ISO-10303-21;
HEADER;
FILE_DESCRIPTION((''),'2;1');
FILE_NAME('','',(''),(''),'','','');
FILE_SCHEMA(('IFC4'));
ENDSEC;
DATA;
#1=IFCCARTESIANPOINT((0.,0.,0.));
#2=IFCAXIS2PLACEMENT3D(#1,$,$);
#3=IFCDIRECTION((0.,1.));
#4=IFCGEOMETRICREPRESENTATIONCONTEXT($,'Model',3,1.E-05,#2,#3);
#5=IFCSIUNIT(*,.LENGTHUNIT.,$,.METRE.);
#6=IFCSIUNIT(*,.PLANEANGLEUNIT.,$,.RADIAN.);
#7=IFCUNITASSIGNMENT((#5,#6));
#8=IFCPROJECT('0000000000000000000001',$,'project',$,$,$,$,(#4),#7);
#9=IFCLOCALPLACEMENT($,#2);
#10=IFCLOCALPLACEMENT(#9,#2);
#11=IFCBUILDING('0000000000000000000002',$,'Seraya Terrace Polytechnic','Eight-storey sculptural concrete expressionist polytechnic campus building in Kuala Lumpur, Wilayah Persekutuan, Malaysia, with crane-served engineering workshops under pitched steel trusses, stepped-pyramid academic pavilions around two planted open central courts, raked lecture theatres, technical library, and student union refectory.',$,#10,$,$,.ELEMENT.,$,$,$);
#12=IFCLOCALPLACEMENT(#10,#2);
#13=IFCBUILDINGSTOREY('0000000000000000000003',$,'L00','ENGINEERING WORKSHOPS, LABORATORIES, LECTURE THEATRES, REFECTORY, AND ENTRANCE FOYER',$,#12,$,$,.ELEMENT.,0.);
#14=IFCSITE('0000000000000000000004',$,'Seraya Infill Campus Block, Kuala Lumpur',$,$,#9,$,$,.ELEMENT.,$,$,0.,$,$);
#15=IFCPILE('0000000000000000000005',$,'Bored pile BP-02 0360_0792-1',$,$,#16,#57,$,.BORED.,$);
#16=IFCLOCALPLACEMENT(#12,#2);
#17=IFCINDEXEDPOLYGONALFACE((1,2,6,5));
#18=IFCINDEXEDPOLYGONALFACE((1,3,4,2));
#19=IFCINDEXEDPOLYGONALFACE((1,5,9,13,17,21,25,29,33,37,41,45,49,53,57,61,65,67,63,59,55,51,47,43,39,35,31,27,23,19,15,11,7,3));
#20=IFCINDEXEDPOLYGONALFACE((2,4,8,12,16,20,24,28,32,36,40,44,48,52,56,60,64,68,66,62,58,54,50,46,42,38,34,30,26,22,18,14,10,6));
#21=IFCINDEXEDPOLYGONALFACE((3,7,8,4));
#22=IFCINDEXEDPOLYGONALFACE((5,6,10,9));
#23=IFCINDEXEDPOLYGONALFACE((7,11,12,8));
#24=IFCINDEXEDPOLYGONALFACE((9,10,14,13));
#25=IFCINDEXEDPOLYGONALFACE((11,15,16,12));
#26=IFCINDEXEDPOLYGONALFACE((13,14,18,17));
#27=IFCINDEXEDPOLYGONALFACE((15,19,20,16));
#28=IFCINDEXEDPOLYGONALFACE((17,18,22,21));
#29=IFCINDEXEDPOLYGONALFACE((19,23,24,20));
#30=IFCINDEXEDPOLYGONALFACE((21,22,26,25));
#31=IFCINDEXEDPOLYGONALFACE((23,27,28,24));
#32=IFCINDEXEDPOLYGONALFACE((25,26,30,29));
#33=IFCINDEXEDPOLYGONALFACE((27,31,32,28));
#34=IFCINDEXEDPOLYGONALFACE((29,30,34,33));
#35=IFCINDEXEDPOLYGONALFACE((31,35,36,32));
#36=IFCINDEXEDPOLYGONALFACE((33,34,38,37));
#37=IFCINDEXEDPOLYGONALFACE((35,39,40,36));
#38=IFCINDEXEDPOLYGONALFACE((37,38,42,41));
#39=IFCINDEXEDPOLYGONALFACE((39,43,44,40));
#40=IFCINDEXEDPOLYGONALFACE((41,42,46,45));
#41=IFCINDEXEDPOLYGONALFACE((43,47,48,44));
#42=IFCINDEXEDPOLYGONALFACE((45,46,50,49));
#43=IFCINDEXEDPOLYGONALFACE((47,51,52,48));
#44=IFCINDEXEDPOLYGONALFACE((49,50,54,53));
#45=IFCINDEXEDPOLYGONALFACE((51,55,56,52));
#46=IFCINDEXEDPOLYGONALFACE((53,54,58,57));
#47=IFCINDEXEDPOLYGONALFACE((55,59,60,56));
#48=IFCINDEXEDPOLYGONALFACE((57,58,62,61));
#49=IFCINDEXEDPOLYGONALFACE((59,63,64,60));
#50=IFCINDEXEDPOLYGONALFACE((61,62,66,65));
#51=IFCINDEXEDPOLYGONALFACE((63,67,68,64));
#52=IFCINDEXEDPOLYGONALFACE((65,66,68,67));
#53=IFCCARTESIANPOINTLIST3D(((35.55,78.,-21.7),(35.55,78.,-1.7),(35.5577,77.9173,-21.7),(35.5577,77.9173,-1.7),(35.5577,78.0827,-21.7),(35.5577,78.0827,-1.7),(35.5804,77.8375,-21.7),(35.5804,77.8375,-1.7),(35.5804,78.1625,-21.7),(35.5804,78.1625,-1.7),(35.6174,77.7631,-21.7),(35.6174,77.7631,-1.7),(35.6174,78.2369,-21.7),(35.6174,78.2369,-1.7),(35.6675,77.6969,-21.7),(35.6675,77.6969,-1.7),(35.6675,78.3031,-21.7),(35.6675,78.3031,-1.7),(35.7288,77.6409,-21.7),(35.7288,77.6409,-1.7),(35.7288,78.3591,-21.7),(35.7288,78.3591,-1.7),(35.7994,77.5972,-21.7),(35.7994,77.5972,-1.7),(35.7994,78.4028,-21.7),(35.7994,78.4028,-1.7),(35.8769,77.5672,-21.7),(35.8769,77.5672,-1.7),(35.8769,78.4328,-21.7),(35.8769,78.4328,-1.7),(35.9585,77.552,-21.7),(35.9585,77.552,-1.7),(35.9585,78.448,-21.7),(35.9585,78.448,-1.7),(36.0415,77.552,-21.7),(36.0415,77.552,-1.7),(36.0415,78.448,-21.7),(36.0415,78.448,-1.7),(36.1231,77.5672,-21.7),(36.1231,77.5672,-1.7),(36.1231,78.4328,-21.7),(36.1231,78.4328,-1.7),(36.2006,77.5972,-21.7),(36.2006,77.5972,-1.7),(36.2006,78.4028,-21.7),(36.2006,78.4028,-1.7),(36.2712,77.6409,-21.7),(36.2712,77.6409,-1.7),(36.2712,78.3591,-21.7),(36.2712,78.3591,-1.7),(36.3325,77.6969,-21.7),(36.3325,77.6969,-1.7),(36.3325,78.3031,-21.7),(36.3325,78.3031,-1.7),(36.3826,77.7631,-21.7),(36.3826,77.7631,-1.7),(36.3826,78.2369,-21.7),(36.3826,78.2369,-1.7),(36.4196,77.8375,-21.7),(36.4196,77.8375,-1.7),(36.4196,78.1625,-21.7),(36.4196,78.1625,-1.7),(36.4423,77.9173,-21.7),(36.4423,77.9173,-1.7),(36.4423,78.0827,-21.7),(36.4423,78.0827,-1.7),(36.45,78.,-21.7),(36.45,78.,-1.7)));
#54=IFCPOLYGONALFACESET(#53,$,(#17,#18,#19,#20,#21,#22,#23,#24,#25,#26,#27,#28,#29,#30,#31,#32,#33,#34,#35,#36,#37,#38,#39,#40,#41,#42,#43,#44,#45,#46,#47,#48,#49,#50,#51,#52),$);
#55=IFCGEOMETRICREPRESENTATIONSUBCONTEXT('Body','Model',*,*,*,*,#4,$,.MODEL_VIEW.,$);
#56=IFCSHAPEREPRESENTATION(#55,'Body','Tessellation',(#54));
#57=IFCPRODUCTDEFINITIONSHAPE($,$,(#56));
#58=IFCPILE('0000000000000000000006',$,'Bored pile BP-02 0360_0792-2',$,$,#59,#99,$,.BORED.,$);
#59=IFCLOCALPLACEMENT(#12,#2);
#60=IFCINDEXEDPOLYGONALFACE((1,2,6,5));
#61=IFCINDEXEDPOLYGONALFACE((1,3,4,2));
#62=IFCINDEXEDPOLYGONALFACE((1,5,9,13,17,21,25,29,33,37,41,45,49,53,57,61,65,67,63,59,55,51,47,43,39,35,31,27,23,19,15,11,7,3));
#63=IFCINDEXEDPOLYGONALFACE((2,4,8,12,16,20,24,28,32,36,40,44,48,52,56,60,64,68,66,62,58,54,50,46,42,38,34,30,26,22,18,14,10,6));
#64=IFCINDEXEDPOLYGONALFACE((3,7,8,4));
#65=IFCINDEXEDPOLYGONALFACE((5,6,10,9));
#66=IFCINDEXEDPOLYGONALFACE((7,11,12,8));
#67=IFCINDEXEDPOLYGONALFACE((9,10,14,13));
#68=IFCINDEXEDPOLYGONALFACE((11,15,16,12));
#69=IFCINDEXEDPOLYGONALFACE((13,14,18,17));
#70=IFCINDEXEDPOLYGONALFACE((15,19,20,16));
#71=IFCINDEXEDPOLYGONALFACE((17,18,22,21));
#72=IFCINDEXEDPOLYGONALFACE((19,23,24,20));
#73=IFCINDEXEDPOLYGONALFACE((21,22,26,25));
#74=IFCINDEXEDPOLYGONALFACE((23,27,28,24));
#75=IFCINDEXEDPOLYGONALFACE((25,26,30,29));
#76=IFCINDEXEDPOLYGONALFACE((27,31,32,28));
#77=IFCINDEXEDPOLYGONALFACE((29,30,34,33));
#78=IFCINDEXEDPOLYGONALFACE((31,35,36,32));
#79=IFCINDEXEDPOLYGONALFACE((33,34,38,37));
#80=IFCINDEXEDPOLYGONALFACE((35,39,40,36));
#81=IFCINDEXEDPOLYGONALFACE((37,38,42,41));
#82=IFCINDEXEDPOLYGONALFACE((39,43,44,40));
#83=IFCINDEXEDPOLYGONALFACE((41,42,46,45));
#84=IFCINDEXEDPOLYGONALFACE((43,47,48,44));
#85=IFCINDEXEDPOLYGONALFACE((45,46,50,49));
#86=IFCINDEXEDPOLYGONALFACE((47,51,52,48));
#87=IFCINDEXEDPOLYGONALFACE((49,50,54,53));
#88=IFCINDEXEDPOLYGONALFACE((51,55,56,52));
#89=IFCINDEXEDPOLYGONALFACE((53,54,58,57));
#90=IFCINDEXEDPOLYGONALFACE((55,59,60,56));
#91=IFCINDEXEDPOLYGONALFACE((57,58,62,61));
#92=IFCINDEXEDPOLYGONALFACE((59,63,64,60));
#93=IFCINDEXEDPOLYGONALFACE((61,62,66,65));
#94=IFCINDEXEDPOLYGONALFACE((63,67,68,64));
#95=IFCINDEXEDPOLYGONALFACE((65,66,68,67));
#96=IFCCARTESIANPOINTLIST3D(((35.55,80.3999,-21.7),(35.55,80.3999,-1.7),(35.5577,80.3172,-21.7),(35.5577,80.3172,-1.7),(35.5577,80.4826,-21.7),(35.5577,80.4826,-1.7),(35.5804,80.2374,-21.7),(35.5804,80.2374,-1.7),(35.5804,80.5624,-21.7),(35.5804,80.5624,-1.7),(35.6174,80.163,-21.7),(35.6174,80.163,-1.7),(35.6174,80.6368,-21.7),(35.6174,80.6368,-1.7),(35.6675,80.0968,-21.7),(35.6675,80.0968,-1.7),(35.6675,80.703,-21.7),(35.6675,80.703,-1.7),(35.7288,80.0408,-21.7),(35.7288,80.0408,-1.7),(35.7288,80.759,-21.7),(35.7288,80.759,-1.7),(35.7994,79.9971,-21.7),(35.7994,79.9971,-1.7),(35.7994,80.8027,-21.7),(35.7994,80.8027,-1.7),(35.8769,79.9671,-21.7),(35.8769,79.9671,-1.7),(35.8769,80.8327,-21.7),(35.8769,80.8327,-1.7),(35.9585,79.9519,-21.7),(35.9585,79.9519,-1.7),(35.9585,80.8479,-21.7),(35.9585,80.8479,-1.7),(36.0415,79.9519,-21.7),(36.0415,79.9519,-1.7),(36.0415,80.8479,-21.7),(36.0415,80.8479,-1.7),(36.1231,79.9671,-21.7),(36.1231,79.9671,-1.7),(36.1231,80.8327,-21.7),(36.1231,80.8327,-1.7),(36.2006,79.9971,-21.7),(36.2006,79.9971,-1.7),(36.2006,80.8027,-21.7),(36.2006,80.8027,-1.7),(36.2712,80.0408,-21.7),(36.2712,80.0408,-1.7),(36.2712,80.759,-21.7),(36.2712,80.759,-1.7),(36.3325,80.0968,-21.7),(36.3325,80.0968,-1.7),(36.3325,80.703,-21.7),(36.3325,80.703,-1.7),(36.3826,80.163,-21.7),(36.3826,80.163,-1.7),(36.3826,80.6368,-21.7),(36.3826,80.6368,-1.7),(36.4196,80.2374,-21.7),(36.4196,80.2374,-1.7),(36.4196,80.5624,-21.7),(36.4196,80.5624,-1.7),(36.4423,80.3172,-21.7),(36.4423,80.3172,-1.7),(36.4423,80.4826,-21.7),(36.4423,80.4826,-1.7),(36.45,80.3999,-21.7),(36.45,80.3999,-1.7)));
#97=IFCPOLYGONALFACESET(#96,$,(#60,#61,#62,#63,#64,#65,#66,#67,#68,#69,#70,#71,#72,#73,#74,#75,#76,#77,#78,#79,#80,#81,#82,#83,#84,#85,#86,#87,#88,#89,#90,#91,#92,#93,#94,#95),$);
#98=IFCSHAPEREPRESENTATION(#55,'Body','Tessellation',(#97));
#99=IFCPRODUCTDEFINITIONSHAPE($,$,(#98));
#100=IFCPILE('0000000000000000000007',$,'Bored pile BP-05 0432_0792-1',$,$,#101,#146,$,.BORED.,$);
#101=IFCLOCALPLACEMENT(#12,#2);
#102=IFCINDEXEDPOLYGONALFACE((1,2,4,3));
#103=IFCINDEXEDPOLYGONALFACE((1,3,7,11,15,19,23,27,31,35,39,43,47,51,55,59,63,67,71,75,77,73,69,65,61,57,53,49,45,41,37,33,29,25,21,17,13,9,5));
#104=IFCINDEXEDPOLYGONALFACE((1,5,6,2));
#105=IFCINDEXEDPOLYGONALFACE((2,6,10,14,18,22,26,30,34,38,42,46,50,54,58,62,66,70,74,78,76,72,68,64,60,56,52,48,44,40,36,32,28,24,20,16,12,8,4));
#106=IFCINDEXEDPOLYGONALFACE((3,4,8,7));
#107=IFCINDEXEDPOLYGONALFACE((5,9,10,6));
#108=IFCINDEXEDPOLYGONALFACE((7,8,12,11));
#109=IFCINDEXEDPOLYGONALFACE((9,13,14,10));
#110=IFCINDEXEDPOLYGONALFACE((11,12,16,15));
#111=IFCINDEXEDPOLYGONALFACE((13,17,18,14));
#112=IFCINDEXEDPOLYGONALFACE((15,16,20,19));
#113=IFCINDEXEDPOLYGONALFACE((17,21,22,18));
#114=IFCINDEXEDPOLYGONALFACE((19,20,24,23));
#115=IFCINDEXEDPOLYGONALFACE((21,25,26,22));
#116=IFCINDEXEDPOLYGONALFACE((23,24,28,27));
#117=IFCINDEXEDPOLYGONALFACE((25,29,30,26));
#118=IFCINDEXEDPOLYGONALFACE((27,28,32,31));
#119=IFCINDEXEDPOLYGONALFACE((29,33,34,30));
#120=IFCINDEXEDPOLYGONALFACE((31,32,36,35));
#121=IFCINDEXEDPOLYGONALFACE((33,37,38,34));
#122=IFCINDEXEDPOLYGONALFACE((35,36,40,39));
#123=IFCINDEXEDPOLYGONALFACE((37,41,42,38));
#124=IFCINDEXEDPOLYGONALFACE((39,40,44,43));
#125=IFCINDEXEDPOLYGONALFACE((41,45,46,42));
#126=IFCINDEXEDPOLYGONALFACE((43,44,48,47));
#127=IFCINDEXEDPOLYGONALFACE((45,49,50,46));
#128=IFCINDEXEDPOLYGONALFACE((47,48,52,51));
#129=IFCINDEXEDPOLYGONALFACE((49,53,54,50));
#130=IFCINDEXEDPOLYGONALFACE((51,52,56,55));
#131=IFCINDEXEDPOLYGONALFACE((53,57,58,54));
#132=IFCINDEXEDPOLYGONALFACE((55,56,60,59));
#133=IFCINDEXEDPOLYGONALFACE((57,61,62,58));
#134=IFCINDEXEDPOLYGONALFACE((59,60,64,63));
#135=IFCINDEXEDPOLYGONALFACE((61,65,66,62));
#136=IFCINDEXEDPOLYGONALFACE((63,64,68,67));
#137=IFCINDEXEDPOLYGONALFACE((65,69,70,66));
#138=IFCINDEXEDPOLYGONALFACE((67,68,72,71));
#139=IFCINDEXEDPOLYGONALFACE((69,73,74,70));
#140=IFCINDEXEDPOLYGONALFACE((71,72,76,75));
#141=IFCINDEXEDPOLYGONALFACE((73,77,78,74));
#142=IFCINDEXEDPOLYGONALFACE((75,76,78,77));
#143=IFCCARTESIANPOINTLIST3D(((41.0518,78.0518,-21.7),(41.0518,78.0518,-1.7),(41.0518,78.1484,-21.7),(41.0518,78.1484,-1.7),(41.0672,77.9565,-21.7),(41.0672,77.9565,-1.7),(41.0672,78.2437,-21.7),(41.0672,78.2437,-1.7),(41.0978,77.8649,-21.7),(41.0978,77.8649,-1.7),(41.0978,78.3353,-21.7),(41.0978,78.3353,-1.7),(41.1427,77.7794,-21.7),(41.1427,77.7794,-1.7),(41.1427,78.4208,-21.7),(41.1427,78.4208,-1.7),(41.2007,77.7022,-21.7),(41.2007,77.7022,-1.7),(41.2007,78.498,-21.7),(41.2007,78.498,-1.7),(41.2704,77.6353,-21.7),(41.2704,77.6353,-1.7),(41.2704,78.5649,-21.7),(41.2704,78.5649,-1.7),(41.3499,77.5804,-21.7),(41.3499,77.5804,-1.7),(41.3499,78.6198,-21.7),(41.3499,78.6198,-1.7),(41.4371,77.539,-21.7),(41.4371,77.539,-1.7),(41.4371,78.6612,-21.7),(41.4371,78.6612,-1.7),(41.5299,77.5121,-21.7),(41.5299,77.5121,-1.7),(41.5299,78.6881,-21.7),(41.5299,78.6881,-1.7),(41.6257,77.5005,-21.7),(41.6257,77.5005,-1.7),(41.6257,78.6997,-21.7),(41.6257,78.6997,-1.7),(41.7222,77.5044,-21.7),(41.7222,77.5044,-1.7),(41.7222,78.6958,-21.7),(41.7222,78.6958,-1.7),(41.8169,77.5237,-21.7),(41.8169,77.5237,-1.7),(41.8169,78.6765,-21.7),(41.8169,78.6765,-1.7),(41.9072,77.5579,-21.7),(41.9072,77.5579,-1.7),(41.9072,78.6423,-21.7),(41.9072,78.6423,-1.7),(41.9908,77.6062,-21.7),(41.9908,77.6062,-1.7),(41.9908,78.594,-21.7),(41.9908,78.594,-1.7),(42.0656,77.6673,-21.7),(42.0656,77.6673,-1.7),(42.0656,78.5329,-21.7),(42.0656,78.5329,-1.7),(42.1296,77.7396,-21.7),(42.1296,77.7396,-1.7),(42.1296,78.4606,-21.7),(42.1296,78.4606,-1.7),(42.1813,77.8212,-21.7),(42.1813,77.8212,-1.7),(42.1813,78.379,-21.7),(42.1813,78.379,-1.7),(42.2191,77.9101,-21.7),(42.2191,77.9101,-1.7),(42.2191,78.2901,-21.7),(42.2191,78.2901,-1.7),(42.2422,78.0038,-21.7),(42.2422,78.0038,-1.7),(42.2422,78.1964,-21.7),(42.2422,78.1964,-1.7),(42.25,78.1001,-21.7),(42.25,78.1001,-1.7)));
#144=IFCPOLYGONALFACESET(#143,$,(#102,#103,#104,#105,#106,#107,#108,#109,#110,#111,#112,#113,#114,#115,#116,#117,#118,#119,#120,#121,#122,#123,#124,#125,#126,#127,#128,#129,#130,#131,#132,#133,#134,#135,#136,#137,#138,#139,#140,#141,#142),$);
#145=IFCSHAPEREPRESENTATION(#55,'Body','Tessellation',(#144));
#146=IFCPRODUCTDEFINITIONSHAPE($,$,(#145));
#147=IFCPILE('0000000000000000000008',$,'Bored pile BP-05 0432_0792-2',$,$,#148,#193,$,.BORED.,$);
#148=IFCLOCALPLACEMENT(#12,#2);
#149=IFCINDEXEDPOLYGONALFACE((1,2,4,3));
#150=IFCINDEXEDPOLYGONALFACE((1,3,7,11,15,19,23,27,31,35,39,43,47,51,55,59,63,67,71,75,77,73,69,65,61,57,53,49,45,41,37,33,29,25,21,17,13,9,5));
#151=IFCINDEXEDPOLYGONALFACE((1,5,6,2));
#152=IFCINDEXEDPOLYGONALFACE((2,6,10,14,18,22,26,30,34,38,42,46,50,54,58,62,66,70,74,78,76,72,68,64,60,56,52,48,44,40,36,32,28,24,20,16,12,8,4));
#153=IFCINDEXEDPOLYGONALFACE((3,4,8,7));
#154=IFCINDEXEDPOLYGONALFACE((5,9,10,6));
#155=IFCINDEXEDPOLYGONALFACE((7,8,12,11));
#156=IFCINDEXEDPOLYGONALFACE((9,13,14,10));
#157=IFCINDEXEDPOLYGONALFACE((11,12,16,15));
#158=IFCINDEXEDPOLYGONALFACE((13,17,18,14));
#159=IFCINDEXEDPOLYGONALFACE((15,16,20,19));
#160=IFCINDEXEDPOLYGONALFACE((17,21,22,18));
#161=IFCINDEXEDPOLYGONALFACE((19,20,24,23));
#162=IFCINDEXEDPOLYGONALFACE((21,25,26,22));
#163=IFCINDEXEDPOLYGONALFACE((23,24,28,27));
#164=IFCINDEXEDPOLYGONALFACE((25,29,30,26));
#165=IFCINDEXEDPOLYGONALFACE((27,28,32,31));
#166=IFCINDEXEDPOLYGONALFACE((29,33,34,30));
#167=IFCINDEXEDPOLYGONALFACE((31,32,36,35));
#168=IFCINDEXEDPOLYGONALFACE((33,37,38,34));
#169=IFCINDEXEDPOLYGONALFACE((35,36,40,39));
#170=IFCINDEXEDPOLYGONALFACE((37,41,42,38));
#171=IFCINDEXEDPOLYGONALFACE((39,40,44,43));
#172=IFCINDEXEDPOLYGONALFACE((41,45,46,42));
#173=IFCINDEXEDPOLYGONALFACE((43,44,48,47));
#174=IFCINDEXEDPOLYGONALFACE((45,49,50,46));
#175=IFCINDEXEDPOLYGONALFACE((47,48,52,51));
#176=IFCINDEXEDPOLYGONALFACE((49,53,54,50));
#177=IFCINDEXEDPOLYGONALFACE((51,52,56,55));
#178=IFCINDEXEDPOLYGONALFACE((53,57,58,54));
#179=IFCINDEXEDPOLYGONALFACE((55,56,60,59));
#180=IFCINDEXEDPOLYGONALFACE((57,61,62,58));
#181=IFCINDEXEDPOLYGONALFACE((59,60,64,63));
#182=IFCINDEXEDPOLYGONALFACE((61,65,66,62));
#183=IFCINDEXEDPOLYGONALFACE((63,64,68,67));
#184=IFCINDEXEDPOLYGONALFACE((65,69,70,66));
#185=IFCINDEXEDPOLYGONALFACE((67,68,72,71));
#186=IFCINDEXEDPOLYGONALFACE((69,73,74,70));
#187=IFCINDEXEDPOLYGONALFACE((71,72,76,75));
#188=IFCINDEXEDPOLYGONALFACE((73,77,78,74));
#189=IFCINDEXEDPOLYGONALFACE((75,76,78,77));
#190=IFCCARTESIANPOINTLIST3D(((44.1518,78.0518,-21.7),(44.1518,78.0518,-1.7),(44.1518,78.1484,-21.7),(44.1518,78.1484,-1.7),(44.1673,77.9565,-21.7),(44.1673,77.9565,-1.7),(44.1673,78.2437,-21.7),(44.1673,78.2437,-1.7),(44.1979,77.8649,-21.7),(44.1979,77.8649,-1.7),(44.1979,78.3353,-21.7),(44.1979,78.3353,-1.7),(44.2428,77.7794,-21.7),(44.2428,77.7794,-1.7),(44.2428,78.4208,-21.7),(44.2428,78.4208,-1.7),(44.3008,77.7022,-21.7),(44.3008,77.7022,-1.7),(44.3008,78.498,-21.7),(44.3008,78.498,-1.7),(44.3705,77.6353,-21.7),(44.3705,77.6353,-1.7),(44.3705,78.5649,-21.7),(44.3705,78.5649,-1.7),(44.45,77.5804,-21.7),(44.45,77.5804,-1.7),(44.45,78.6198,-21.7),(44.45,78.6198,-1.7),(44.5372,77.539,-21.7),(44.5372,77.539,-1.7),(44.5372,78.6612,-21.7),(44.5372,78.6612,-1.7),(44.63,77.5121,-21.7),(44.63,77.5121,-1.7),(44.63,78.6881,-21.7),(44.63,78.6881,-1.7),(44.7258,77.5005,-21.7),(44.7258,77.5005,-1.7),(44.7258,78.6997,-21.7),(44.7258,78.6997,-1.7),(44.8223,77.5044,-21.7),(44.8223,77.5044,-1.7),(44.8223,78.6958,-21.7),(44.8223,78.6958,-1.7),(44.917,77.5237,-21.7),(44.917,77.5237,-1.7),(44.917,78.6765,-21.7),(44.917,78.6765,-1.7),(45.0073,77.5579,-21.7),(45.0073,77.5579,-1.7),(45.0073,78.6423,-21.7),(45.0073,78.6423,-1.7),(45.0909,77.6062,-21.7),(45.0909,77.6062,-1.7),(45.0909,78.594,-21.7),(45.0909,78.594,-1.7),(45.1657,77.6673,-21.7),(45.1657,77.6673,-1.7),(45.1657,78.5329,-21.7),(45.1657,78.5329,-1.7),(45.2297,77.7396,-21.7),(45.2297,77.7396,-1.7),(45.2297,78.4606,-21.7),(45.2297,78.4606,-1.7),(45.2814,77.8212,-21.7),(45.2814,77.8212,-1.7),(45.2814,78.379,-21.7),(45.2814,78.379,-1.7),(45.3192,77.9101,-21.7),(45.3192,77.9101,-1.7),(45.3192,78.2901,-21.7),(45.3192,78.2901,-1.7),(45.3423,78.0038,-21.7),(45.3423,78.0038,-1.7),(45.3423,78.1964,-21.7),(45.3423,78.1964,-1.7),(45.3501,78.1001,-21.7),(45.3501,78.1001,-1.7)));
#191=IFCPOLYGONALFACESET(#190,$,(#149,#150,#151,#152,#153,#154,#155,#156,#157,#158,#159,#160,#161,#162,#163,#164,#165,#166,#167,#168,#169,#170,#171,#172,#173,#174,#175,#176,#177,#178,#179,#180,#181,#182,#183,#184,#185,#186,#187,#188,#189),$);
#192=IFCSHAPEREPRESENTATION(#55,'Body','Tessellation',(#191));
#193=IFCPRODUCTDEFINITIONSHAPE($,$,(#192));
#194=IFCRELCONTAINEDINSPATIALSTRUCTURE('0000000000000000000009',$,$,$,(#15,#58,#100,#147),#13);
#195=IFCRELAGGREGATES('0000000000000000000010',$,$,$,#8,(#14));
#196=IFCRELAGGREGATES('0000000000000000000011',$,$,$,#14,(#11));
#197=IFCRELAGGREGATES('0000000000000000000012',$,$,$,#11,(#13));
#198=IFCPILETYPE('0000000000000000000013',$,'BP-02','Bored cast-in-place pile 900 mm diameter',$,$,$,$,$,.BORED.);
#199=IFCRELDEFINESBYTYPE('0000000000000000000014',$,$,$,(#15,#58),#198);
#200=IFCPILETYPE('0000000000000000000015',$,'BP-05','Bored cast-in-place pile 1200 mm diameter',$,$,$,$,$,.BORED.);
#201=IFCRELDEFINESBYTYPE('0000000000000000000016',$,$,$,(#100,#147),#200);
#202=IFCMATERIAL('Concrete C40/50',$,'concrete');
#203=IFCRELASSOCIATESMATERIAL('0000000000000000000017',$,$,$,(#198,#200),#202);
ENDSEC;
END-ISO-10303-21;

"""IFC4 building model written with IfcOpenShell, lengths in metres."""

from ifc_helpers import new_model, si_unit, direction, frame, origin, origin_2d, place, context, subcontext, project, spatial, circle, extrude, material, material_profile, profile_set, type_object, element, save


model = new_model("IFC4")

# Units and contexts
model_context = context("Model", 3, precision=1e-05, world=origin(), true_north=direction((0.0, 1.0)))
body_context = subcontext(model_context, "Body", "Model", "MODEL_VIEW")
ifc_project = project(units=[si_unit("LENGTHUNIT", "METRE"), si_unit("PLANEANGLEUNIT", "RADIAN")], contexts=[model_context])

# Site, building, storey
site_placement = place(None, origin())
site = spatial("IfcSite", under=ifc_project, at=site_placement, Name="Seraya Infill Campus Block, Kuala Lumpur", CompositionType="ELEMENT", RefElevation=0.0)
building_placement = place(site_placement, origin())
building = spatial("IfcBuilding", under=site, at=building_placement, Name="Seraya Terrace Polytechnic", Description="Eight-storey sculptural concrete expressionist polytechnic campus building in Kuala Lumpur, Wilayah Persekutuan, Malaysia, with crane-served engineering workshops under pitched steel trusses, stepped-pyramid academic pavilions around two planted open central courts, raked lecture theatres, technical library, and student union refectory.", CompositionType="ELEMENT")
storey_placement = place(building_placement, origin())
storey = spatial("IfcBuildingStorey", under=building, at=storey_placement, Name="L00", Description="ENGINEERING WORKSHOPS, LABORATORIES, LECTURE THEATRES, REFECTORY, AND ENTRANCE FOYER", CompositionType="ELEMENT", Elevation=0.0)

# Piles
ifc_material_1 = material(Name="Concrete C40/50", Category="concrete")
ifc_material_profile_1 = material_profile(ifc_material_1, circle(Radius=0.45, at=origin_2d()), Name="DIA 900")
ifc_profile_set_1 = profile_set([ifc_material_profile_1], Name="Concrete C40/50")
pile_type_1 = type_object("IfcPileType", Name="BP-02", Description="Bored cast-in-place pile 900 mm diameter", PredefinedType="BORED", material=ifc_profile_set_1)
for number, where, z_axis, x_axis, name in (
    (1, (36.0, 78.0, -1.7), (0.0, 0.0, -1.0), (1.0, 0.0, 0.0), "Bored pile BP-02 0360_0792-1"),
    (2, (36.0, 80.3999, -1.7), (0.0, 0.0, -1.0), (1.0, 0.0, 0.0), "Bored pile BP-02 0360_0792-2"),
):
    element("IfcPile", number, at=place(storey_placement, frame(where, z_axis=z_axis, x_axis=x_axis)), inside=storey, type_object=pile_type_1, Name=name, PredefinedType="BORED", context=body_context, shape_type="SweptSolid", body=[
        extrude(circle(Radius=0.45, at=origin_2d()), origin(), (0.0, 0.0, 1.0), 20.0),
    ])
ifc_material_profile_2 = material_profile(ifc_material_1, circle(Radius=0.6001, at=origin_2d()), Name="DIA 1200")
ifc_profile_set_2 = profile_set([ifc_material_profile_2], Name="Concrete C40/50")
pile_type_2 = type_object("IfcPileType", Name="BP-05", Description="Bored cast-in-place pile 1200 mm diameter", PredefinedType="BORED", material=ifc_profile_set_2)
for number, where, z_axis, x_axis, name in (
    (3, (41.6499, 78.1001, -1.7), (0.0, 0.0, -1.0), (1.0, 0.0, 0.0), "Bored pile BP-05 0432_0792-1"),
    (4, (44.75, 78.1001, -1.7), (0.0, 0.0, -1.0), (1.0, 0.0, 0.0), "Bored pile BP-05 0432_0792-2"),
):
    element("IfcPile", number, at=place(storey_placement, frame(where, z_axis=z_axis, x_axis=x_axis)), inside=storey, type_object=pile_type_2, Name=name, PredefinedType="BORED", context=body_context, shape_type="SweptSolid", body=[
        extrude(circle(Radius=0.6001, at=origin_2d()), origin(), (0.0, 0.0, 1.0), 20.0),
    ])

save(model, "model.ifc")
